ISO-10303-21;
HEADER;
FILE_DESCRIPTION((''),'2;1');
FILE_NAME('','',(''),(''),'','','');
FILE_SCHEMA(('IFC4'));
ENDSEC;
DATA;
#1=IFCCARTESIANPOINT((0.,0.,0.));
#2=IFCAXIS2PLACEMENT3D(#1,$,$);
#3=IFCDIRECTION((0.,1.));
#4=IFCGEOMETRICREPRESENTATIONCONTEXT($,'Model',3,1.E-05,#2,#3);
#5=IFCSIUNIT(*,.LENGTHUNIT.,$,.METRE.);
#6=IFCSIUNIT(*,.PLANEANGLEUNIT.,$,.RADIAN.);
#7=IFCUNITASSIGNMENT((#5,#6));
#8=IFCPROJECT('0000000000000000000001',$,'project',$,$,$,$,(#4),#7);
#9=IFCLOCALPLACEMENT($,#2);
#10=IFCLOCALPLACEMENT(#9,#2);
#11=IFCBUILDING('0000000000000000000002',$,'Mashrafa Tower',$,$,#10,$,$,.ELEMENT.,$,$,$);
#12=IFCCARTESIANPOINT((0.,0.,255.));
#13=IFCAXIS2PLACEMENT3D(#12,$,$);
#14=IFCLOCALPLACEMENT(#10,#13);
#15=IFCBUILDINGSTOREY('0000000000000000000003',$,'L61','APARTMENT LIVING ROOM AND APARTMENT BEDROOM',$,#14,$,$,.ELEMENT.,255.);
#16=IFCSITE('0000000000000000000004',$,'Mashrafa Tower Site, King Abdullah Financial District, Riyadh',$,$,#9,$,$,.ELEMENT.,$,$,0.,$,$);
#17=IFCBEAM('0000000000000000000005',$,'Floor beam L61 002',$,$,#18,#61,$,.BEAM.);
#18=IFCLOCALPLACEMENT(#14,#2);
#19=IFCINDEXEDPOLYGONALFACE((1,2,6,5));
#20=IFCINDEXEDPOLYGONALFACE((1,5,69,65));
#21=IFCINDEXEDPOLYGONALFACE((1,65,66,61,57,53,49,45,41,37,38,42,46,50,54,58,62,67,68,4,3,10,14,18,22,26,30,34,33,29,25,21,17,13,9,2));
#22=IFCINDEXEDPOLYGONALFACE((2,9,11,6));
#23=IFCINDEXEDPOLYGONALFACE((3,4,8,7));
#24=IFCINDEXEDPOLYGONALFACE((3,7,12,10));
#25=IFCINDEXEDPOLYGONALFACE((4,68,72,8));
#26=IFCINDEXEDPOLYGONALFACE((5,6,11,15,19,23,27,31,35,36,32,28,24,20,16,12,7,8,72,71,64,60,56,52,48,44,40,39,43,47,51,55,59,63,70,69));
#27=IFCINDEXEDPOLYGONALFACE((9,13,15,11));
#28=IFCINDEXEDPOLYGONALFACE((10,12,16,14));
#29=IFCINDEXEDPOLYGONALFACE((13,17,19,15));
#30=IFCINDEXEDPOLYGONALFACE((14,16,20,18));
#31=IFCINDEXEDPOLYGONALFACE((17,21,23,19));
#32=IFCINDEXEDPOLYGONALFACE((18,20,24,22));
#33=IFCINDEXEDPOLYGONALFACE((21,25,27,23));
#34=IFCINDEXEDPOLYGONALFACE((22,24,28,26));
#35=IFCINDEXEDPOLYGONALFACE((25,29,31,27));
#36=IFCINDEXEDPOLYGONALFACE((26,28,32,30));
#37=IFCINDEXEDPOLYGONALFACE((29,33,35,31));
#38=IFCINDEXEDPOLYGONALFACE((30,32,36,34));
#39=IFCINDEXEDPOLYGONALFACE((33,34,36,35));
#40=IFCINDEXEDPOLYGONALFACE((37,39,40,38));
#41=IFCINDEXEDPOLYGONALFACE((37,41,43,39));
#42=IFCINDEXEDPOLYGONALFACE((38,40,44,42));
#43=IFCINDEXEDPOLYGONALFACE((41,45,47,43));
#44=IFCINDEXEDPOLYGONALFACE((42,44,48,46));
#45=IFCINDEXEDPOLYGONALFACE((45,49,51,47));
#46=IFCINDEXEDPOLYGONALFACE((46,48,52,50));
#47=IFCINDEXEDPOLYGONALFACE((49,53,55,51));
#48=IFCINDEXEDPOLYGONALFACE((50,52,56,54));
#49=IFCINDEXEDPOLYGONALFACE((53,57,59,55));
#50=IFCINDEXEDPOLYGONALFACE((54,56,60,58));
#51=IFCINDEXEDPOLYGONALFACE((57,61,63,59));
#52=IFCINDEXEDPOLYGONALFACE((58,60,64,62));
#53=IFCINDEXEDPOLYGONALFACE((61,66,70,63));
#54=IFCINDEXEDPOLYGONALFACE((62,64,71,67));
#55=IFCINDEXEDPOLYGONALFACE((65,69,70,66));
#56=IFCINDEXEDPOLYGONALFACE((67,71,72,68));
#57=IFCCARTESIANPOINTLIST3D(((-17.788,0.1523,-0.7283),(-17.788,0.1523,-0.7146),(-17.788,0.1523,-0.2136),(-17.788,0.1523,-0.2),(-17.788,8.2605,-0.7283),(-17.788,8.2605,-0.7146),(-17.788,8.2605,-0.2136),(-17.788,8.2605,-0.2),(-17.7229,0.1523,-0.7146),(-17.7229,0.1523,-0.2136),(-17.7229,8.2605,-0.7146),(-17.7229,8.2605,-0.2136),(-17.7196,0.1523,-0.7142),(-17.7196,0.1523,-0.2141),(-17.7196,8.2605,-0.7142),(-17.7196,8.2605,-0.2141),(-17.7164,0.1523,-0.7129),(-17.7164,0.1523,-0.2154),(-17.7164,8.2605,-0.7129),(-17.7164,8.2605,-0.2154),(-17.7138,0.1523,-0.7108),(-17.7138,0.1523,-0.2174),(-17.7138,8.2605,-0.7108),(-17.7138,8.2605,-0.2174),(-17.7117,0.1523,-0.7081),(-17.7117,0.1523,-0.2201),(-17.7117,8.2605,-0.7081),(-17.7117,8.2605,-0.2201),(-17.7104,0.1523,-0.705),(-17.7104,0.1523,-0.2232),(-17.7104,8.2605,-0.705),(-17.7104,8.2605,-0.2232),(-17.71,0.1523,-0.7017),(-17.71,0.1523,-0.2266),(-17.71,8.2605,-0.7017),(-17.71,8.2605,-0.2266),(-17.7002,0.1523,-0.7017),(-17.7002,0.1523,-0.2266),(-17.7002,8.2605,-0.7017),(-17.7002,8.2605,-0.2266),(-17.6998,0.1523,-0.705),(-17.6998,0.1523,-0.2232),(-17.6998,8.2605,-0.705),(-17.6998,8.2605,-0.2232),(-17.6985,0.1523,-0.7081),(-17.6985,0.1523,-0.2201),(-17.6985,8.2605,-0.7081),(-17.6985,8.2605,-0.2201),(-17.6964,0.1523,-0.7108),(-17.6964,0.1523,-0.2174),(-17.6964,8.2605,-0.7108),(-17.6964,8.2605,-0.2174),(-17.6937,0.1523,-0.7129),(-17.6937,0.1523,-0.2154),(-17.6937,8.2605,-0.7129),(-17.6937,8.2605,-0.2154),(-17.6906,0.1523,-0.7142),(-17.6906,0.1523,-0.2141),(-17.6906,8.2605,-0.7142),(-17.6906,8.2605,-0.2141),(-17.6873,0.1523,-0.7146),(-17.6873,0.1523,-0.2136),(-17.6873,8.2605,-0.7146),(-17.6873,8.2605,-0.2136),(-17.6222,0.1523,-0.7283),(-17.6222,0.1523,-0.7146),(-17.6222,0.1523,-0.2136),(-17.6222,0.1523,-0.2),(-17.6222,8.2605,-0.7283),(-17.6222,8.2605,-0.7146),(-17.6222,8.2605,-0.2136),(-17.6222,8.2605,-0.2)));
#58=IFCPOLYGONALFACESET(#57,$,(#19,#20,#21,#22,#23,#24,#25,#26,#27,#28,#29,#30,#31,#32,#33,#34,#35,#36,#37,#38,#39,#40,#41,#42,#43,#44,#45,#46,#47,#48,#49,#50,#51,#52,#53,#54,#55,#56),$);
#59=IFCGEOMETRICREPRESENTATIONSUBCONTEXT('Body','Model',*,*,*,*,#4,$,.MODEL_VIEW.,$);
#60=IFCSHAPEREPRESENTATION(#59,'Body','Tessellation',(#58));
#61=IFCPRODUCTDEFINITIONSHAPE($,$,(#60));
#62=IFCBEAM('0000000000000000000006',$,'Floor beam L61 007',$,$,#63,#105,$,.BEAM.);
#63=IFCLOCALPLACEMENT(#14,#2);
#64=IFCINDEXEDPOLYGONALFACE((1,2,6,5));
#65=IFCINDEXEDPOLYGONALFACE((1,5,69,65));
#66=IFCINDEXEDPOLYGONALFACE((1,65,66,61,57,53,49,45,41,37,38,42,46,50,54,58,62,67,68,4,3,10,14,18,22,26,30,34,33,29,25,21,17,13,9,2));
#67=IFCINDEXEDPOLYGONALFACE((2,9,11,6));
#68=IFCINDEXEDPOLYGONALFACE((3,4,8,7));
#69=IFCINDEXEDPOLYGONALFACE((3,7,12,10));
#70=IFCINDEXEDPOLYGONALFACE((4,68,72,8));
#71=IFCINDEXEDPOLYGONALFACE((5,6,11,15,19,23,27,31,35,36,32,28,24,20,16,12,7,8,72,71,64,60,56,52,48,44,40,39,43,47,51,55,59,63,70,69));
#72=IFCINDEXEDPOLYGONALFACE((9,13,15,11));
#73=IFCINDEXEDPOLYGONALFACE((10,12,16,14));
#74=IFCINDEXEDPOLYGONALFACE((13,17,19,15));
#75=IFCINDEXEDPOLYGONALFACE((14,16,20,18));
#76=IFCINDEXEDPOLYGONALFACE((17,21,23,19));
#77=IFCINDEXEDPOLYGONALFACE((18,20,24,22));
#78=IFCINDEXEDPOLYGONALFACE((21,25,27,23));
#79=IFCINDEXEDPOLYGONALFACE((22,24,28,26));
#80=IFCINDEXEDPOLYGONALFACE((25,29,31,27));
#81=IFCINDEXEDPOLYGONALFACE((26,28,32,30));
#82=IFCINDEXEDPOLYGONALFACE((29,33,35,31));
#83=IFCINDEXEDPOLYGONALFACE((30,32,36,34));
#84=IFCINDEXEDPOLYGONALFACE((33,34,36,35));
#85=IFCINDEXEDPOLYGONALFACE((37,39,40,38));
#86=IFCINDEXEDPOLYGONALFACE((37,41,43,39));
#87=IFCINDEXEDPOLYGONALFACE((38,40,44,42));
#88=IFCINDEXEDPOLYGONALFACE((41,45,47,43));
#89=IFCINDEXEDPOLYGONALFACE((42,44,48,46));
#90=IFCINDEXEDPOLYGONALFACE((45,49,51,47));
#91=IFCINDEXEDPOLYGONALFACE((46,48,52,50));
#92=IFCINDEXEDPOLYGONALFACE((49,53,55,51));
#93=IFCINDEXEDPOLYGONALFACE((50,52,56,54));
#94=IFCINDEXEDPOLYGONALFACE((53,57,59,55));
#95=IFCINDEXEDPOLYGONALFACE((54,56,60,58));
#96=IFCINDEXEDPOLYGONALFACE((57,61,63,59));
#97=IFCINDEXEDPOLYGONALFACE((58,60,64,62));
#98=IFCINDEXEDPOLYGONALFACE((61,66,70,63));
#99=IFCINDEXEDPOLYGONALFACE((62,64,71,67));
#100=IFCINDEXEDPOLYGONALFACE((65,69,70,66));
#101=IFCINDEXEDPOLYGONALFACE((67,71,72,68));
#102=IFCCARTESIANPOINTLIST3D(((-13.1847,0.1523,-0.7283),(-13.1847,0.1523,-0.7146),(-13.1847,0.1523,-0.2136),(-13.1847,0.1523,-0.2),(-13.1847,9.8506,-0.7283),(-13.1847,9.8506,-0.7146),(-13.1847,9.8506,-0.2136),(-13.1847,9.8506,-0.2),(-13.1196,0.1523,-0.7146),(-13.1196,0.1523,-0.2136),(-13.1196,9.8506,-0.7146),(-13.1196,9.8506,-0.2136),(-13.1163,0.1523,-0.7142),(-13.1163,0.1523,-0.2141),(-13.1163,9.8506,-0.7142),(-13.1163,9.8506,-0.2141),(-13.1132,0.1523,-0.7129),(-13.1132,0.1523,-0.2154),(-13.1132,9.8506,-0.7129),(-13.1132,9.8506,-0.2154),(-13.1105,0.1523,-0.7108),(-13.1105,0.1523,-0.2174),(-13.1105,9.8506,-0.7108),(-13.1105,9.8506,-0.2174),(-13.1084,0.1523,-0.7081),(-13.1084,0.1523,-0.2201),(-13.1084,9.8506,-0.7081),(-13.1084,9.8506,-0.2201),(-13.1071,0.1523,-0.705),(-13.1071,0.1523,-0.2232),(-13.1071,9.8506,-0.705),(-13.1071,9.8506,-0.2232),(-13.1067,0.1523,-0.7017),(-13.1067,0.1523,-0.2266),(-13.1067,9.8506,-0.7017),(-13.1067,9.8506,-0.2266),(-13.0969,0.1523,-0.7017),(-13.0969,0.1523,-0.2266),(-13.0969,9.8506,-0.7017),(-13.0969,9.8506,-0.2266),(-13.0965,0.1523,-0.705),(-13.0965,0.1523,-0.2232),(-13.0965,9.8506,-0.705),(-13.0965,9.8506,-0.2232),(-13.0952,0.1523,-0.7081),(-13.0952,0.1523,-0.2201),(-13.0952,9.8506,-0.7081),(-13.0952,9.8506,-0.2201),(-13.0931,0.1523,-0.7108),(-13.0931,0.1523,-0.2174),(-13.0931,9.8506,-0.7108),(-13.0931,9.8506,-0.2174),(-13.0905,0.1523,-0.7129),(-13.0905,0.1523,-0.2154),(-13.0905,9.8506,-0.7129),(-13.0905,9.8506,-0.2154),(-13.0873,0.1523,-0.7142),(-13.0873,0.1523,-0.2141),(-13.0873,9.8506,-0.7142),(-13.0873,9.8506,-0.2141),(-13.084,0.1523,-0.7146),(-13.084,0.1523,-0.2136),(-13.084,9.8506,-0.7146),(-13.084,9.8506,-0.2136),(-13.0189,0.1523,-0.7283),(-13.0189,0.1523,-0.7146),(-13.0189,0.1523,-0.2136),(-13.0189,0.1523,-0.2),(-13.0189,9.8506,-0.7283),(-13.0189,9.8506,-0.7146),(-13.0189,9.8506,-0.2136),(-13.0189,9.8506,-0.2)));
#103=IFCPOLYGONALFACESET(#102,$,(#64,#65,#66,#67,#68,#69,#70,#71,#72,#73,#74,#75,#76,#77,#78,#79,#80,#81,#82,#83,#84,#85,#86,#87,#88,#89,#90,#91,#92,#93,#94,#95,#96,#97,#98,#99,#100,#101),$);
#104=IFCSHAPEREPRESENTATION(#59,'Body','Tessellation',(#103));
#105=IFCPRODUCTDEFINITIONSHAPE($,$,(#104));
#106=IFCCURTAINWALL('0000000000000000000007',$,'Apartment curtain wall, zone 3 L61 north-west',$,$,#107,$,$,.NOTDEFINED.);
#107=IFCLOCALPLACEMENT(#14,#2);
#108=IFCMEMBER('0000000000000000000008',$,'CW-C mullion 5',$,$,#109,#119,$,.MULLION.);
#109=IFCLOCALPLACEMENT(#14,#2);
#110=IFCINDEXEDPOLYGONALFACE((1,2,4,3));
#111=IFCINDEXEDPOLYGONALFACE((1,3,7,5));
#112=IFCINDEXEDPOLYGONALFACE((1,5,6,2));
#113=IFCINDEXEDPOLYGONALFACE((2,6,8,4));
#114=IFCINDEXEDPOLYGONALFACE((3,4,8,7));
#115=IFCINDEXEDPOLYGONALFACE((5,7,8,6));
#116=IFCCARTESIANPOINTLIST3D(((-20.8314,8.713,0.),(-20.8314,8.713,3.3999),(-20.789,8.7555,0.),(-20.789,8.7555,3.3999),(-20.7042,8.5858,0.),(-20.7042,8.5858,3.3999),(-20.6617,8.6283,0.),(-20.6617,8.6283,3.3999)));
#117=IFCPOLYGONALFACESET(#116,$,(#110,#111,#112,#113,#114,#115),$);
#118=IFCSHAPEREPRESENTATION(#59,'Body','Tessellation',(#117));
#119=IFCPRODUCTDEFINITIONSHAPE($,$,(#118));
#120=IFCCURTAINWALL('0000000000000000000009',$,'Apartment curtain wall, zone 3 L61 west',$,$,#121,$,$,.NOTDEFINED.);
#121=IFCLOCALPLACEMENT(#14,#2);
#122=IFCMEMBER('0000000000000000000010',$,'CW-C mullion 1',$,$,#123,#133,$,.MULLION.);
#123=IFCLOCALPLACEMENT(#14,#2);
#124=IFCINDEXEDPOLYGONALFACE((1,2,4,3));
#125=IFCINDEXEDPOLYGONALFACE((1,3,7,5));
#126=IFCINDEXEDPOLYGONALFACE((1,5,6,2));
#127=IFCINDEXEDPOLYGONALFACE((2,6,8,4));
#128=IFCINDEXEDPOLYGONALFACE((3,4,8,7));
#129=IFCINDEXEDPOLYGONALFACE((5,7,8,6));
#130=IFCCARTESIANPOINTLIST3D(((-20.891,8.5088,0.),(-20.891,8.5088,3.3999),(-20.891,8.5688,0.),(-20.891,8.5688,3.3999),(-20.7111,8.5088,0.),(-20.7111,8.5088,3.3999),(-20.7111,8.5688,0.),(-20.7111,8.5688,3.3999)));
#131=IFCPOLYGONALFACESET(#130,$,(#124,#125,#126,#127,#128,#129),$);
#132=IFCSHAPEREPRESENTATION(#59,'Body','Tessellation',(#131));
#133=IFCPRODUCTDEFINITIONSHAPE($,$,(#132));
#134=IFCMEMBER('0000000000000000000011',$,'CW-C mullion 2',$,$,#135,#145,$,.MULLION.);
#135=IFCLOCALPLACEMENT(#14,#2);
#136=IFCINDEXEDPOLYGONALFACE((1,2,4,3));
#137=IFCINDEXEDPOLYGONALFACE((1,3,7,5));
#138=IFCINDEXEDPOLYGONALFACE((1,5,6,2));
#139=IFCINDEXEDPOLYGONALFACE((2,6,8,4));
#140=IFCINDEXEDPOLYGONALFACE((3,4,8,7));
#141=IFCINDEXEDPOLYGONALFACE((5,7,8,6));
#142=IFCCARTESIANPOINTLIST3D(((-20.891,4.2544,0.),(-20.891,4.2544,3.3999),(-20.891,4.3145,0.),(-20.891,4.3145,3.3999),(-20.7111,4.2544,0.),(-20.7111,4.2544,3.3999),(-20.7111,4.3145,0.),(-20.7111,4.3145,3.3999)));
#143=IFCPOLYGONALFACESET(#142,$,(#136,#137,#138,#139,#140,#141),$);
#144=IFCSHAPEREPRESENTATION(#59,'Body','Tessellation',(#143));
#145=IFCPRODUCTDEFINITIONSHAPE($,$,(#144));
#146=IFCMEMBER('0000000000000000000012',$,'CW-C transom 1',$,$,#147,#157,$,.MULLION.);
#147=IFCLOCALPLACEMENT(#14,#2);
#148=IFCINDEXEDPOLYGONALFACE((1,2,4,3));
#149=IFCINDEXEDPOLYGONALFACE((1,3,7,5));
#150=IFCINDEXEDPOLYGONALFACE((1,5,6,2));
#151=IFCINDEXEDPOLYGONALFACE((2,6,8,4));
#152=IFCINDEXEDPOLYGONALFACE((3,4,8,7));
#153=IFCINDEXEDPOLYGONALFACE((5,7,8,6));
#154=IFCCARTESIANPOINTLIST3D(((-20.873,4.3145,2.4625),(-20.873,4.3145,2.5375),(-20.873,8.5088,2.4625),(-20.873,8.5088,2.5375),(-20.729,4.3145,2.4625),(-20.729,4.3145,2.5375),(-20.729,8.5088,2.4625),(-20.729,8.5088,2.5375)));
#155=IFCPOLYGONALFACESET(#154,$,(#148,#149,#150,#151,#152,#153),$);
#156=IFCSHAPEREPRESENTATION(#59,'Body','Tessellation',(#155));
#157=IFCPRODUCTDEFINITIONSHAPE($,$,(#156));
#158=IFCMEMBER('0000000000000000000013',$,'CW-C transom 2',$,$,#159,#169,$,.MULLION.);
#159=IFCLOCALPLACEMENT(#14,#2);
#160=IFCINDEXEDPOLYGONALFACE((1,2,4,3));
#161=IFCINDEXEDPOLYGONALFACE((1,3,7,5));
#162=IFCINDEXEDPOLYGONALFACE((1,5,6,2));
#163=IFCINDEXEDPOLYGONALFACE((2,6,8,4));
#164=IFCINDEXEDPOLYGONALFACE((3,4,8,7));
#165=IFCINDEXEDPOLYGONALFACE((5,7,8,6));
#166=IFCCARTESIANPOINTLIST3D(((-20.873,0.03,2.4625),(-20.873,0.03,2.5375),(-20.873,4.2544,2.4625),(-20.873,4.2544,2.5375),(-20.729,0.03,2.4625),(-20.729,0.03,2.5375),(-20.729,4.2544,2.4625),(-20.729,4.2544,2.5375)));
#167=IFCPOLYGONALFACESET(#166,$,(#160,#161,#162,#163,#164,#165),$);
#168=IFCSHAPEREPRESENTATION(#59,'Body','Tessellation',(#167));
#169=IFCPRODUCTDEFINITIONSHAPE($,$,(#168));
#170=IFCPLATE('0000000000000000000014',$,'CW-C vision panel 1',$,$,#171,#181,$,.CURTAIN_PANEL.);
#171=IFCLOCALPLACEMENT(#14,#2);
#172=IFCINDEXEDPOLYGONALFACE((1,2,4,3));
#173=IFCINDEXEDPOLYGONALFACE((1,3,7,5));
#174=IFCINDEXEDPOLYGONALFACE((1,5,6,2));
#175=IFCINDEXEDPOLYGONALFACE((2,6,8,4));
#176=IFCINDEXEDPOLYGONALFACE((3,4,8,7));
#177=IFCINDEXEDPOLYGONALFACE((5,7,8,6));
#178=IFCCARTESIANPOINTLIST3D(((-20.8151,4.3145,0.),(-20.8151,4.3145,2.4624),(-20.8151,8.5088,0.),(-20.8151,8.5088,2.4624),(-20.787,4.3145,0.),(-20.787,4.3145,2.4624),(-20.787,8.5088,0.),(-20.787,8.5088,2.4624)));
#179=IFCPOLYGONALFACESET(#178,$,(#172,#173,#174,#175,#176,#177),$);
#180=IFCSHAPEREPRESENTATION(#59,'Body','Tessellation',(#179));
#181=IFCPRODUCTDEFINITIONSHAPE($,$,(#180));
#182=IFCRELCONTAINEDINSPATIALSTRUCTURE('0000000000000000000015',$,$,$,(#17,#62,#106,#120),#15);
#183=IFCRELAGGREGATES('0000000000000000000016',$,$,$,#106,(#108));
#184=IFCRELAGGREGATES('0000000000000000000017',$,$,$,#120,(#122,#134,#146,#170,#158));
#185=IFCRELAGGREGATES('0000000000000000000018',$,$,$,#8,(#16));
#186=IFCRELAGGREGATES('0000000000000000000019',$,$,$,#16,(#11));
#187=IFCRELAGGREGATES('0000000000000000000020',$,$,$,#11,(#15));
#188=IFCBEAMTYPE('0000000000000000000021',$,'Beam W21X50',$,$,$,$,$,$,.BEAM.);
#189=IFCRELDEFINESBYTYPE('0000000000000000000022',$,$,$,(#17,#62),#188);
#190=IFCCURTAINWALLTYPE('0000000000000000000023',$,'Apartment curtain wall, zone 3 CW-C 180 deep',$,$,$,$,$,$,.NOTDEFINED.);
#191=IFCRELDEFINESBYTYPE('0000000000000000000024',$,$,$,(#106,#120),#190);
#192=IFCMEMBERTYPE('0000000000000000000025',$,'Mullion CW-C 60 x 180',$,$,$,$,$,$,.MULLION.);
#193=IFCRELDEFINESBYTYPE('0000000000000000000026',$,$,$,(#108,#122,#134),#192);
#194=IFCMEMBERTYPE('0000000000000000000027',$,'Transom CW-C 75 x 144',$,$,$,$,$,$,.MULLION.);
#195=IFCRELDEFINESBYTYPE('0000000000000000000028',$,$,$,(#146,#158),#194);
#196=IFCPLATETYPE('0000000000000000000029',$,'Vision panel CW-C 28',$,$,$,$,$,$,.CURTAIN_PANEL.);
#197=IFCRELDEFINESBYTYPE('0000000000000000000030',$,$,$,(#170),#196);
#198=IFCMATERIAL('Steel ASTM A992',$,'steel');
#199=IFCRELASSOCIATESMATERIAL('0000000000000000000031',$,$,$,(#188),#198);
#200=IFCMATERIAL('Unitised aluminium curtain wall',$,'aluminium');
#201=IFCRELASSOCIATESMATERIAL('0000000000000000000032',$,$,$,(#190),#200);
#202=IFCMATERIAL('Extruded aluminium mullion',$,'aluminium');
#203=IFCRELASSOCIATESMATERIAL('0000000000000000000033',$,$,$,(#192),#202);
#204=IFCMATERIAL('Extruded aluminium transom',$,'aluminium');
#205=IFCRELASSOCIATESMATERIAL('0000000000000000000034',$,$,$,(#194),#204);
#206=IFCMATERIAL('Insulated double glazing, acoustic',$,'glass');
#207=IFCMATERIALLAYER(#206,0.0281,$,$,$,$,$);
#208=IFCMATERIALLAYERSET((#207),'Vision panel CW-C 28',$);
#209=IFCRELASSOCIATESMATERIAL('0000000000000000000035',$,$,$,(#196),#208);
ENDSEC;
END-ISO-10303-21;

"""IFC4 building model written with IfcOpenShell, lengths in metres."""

from ifc_helpers import new_model, si_unit, direction, frame, origin, origin_2d, place, context, subcontext, project, spatial, rectangle, i_section, extrude, source, transform, mapped, material, layer, layer_set, material_profile, profile_set, type_object, type_shapes, element, aggregate, save


model = new_model("IFC4")

# Units and contexts
model_context = context("Model", 3, precision=1e-05, world=origin(), true_north=direction((0.0, 1.0)))
body_context = subcontext(model_context, "Body", "Model", "MODEL_VIEW")
ifc_project = project(units=[si_unit("LENGTHUNIT", "METRE"), si_unit("PLANEANGLEUNIT", "RADIAN")], contexts=[model_context])

# Site, building, storey
site_placement = place(None, origin())
site = spatial("IfcSite", under=ifc_project, at=site_placement, Name="Mashrafa Tower Site, King Abdullah Financial District, Riyadh", CompositionType="ELEMENT", RefElevation=0.0)
building_placement = place(site_placement, origin())
building = spatial("IfcBuilding", under=site, at=building_placement, Name="Mashrafa Tower", CompositionType="ELEMENT")
storey_placement = place(building_placement, frame((0.0, 0.0, 255.0)))
storey = spatial("IfcBuildingStorey", under=building, at=storey_placement, Name="L61", Description="APARTMENT LIVING ROOM AND APARTMENT BEDROOM", CompositionType="ELEMENT", Elevation=255.0)

# Beams
ifc_material_1 = material(Name="Steel ASTM A992", Category="steel")
ifc_material_profile_1 = material_profile(ifc_material_1, i_section(OverallWidth=0.1658, OverallDepth=0.5283, WebThickness=0.0098, FlangeThickness=0.0137, FilletRadius=0.0129, at=origin_2d()), Name="W21X50")
ifc_profile_set_1 = profile_set([ifc_material_profile_1], Name="Steel ASTM A992")
beam_type_1 = type_object("IfcBeamType", Name="Beam W21X50", PredefinedType="BEAM", material=ifc_profile_set_1)
beam_1_placement = place(storey_placement, frame((-17.7051, 0.1523, -0.4641), z_axis=(0.0, 1.0, 0.0), x_axis=(-1.0, 0.0, 0.0)))
element("IfcBeam", 1, at=beam_1_placement, inside=storey, type_object=beam_type_1, Name="Floor beam L61 002", PredefinedType="BEAM", context=body_context, shape_type="SweptSolid", body=[
    extrude(i_section(OverallWidth=0.1658, OverallDepth=0.5283, WebThickness=0.0098, FlangeThickness=0.0137, FilletRadius=0.0129, at=origin_2d()), origin(), (0.0, 0.0, 1.0), 8.1082),
])
beam_2_placement = place(storey_placement, frame((-13.1018, 0.1523, -0.4641), z_axis=(0.0, 1.0, 0.0), x_axis=(-1.0, 0.0, 0.0)))
element("IfcBeam", 2, at=beam_2_placement, inside=storey, type_object=beam_type_1, Name="Floor beam L61 007", PredefinedType="BEAM", context=body_context, shape_type="SweptSolid", body=[
    extrude(i_section(OverallWidth=0.1658, OverallDepth=0.5283, WebThickness=0.0098, FlangeThickness=0.0137, FilletRadius=0.0129, at=origin_2d()), origin(), (0.0, 0.0, 1.0), 9.6982),
])

# Curtain wall, member
ifc_material_2 = material(Name="Unitised aluminium curtain wall", Category="aluminium")
curtain_wall_type = type_object("IfcCurtainWallType", Name="Apartment curtain wall, zone 3 CW-C 180 deep", PredefinedType="NOTDEFINED", material=ifc_material_2)
curtain_wall_1_placement = place(storey_placement, origin())
curtain_wall_1 = element("IfcCurtainWall", 3, at=curtain_wall_1_placement, inside=storey, type_object=curtain_wall_type, Name="Apartment curtain wall, zone 3 L61 north-west", PredefinedType="NOTDEFINED")
ifc_material_3 = material(Name="Extruded aluminium mullion", Category="aluminium")
ifc_material_profile_2 = material_profile(ifc_material_3, rectangle(XDim=0.1799, YDim=0.0601, at=origin_2d()), Name="Mullion 60x180")
ifc_profile_set_2 = profile_set([ifc_material_profile_2], Name="Extruded aluminium mullion")
member_type_1 = type_object("IfcMemberType", Name="Mullion CW-C 60 x 180", PredefinedType="MULLION", material=ifc_profile_set_2)
shared_shape_1 = source(origin(), body_context, "Body", "SweptSolid", [
    extrude(rectangle(XDim=0.1799, YDim=0.0601, at=origin_2d()), origin(), (0.0, 0.0, 1.0), 3.3999),
])
type_shapes(member_type_1, [shared_shape_1])
member_1_placement = place(storey_placement, frame((-20.7466, 8.6707, 0.0), z_axis=(0.0, 0.0, 1.0), x_axis=(0.707107, -0.707107, 0.0)))
member_1 = element("IfcMember", 4, at=member_1_placement, type_object=member_type_1, Name="CW-C mullion 5", PredefinedType="MULLION", context=body_context, shape_type="MappedRepresentation", body=[
    mapped(shared_shape_1, transform((0.0, 0.0, 0.0))),
])
aggregate(curtain_wall_1, [member_1])

# Curtain wall, members, plate
curtain_wall_2_placement = place(storey_placement, origin())
curtain_wall_2 = element("IfcCurtainWall", 5, at=curtain_wall_2_placement, inside=storey, type_object=curtain_wall_type, Name="Apartment curtain wall, zone 3 L61 west", PredefinedType="NOTDEFINED")
member_2_placement = place(storey_placement, frame((-20.801, 8.5388, 0.0), z_axis=(0.0, 0.0, 1.0), x_axis=(1.0, 0.0, 0.0)))
member_2 = element("IfcMember", 6, at=member_2_placement, type_object=member_type_1, Name="CW-C mullion 1", PredefinedType="MULLION", context=body_context, shape_type="MappedRepresentation", body=[
    mapped(shared_shape_1, transform((0.0, 0.0, 0.0))),
])
member_3_placement = place(storey_placement, frame((-20.801, 4.2844, 0.0), z_axis=(0.0, 0.0, 1.0), x_axis=(1.0, 0.0, 0.0)))
member_3 = element("IfcMember", 7, at=member_3_placement, type_object=member_type_1, Name="CW-C mullion 2", PredefinedType="MULLION", context=body_context, shape_type="MappedRepresentation", body=[
    mapped(shared_shape_1, transform((0.0, 0.0, 0.0))),
])
ifc_material_4 = material(Name="Extruded aluminium transom", Category="aluminium")
ifc_material_profile_3 = material_profile(ifc_material_4, rectangle(XDim=0.144, YDim=0.075, at=origin_2d()), Name="Transom 75x144")
ifc_profile_set_3 = profile_set([ifc_material_profile_3], Name="Extruded aluminium transom")
member_type_2 = type_object("IfcMemberType", Name="Transom CW-C 75 x 144", PredefinedType="MULLION", material=ifc_profile_set_3)
shared_shape_2 = source(origin(), body_context, "Body", "SweptSolid", [
    extrude(rectangle(XDim=0.144, YDim=0.075, at=origin_2d()), origin(), (0.0, 0.0, 1.0), 4.1943),
])
member_4_placement = place(storey_placement, frame((-20.801, 8.5088, 2.5), z_axis=(0.0, -1.0, 0.0), x_axis=(1.0, 0.0, 0.0)))
member_4 = element("IfcMember", 8, at=member_4_placement, type_object=member_type_2, Name="CW-C transom 1", PredefinedType="MULLION", context=body_context, shape_type="MappedRepresentation", body=[
    mapped(shared_shape_2, transform((0.0, 0.0, 0.0))),
])
shared_shape_3 = source(origin(), body_context, "Body", "SweptSolid", [
    extrude(rectangle(XDim=0.144, YDim=0.075, at=origin_2d()), origin(), (0.0, 0.0, 1.0), 4.2244),
])
type_shapes(member_type_2, [shared_shape_2, shared_shape_3])
member_5_placement = place(storey_placement, frame((-20.801, 4.2544, 2.5), z_axis=(0.0, -1.0, 0.0), x_axis=(1.0, 0.0, 0.0)))
member_5 = element("IfcMember", 9, at=member_5_placement, type_object=member_type_2, Name="CW-C transom 2", PredefinedType="MULLION", context=body_context, shape_type="MappedRepresentation", body=[
    mapped(shared_shape_3, transform((0.0, 0.0, 0.0))),
])
ifc_material_5 = material(Name="Insulated double glazing, acoustic", Category="glass")
ifc_layer_1 = layer(ifc_material_5, 0.0281)
ifc_layer_set_1 = layer_set([ifc_layer_1], Name="Vision panel CW-C 28")
plate_type_1 = type_object("IfcPlateType", Name="Vision panel CW-C 28", PredefinedType="CURTAIN_PANEL", material=ifc_layer_set_1)
shared_shape_4 = source(origin(), body_context, "Body", "SweptSolid", [
    extrude(rectangle(XDim=4.1943, YDim=0.0281, at=origin_2d()), origin(), (0.0, 0.0, 1.0), 2.4624),
])
plate_1_placement = place(storey_placement, frame((-20.801, 6.4116, 0.0), z_axis=(0.0, 0.0, 1.0), x_axis=(0.0, -1.0, 0.0)))
plate_1 = element("IfcPlate", 10, at=plate_1_placement, type_object=plate_type_1, Name="CW-C vision panel 1", PredefinedType="CURTAIN_PANEL", context=body_context, shape_type="MappedRepresentation", body=[
    mapped(shared_shape_4, transform((0.0, 0.0, 0.0))),
])
aggregate(curtain_wall_2, [member_2, member_3, member_4, plate_1, member_5])

save(model, "model.ifc")
